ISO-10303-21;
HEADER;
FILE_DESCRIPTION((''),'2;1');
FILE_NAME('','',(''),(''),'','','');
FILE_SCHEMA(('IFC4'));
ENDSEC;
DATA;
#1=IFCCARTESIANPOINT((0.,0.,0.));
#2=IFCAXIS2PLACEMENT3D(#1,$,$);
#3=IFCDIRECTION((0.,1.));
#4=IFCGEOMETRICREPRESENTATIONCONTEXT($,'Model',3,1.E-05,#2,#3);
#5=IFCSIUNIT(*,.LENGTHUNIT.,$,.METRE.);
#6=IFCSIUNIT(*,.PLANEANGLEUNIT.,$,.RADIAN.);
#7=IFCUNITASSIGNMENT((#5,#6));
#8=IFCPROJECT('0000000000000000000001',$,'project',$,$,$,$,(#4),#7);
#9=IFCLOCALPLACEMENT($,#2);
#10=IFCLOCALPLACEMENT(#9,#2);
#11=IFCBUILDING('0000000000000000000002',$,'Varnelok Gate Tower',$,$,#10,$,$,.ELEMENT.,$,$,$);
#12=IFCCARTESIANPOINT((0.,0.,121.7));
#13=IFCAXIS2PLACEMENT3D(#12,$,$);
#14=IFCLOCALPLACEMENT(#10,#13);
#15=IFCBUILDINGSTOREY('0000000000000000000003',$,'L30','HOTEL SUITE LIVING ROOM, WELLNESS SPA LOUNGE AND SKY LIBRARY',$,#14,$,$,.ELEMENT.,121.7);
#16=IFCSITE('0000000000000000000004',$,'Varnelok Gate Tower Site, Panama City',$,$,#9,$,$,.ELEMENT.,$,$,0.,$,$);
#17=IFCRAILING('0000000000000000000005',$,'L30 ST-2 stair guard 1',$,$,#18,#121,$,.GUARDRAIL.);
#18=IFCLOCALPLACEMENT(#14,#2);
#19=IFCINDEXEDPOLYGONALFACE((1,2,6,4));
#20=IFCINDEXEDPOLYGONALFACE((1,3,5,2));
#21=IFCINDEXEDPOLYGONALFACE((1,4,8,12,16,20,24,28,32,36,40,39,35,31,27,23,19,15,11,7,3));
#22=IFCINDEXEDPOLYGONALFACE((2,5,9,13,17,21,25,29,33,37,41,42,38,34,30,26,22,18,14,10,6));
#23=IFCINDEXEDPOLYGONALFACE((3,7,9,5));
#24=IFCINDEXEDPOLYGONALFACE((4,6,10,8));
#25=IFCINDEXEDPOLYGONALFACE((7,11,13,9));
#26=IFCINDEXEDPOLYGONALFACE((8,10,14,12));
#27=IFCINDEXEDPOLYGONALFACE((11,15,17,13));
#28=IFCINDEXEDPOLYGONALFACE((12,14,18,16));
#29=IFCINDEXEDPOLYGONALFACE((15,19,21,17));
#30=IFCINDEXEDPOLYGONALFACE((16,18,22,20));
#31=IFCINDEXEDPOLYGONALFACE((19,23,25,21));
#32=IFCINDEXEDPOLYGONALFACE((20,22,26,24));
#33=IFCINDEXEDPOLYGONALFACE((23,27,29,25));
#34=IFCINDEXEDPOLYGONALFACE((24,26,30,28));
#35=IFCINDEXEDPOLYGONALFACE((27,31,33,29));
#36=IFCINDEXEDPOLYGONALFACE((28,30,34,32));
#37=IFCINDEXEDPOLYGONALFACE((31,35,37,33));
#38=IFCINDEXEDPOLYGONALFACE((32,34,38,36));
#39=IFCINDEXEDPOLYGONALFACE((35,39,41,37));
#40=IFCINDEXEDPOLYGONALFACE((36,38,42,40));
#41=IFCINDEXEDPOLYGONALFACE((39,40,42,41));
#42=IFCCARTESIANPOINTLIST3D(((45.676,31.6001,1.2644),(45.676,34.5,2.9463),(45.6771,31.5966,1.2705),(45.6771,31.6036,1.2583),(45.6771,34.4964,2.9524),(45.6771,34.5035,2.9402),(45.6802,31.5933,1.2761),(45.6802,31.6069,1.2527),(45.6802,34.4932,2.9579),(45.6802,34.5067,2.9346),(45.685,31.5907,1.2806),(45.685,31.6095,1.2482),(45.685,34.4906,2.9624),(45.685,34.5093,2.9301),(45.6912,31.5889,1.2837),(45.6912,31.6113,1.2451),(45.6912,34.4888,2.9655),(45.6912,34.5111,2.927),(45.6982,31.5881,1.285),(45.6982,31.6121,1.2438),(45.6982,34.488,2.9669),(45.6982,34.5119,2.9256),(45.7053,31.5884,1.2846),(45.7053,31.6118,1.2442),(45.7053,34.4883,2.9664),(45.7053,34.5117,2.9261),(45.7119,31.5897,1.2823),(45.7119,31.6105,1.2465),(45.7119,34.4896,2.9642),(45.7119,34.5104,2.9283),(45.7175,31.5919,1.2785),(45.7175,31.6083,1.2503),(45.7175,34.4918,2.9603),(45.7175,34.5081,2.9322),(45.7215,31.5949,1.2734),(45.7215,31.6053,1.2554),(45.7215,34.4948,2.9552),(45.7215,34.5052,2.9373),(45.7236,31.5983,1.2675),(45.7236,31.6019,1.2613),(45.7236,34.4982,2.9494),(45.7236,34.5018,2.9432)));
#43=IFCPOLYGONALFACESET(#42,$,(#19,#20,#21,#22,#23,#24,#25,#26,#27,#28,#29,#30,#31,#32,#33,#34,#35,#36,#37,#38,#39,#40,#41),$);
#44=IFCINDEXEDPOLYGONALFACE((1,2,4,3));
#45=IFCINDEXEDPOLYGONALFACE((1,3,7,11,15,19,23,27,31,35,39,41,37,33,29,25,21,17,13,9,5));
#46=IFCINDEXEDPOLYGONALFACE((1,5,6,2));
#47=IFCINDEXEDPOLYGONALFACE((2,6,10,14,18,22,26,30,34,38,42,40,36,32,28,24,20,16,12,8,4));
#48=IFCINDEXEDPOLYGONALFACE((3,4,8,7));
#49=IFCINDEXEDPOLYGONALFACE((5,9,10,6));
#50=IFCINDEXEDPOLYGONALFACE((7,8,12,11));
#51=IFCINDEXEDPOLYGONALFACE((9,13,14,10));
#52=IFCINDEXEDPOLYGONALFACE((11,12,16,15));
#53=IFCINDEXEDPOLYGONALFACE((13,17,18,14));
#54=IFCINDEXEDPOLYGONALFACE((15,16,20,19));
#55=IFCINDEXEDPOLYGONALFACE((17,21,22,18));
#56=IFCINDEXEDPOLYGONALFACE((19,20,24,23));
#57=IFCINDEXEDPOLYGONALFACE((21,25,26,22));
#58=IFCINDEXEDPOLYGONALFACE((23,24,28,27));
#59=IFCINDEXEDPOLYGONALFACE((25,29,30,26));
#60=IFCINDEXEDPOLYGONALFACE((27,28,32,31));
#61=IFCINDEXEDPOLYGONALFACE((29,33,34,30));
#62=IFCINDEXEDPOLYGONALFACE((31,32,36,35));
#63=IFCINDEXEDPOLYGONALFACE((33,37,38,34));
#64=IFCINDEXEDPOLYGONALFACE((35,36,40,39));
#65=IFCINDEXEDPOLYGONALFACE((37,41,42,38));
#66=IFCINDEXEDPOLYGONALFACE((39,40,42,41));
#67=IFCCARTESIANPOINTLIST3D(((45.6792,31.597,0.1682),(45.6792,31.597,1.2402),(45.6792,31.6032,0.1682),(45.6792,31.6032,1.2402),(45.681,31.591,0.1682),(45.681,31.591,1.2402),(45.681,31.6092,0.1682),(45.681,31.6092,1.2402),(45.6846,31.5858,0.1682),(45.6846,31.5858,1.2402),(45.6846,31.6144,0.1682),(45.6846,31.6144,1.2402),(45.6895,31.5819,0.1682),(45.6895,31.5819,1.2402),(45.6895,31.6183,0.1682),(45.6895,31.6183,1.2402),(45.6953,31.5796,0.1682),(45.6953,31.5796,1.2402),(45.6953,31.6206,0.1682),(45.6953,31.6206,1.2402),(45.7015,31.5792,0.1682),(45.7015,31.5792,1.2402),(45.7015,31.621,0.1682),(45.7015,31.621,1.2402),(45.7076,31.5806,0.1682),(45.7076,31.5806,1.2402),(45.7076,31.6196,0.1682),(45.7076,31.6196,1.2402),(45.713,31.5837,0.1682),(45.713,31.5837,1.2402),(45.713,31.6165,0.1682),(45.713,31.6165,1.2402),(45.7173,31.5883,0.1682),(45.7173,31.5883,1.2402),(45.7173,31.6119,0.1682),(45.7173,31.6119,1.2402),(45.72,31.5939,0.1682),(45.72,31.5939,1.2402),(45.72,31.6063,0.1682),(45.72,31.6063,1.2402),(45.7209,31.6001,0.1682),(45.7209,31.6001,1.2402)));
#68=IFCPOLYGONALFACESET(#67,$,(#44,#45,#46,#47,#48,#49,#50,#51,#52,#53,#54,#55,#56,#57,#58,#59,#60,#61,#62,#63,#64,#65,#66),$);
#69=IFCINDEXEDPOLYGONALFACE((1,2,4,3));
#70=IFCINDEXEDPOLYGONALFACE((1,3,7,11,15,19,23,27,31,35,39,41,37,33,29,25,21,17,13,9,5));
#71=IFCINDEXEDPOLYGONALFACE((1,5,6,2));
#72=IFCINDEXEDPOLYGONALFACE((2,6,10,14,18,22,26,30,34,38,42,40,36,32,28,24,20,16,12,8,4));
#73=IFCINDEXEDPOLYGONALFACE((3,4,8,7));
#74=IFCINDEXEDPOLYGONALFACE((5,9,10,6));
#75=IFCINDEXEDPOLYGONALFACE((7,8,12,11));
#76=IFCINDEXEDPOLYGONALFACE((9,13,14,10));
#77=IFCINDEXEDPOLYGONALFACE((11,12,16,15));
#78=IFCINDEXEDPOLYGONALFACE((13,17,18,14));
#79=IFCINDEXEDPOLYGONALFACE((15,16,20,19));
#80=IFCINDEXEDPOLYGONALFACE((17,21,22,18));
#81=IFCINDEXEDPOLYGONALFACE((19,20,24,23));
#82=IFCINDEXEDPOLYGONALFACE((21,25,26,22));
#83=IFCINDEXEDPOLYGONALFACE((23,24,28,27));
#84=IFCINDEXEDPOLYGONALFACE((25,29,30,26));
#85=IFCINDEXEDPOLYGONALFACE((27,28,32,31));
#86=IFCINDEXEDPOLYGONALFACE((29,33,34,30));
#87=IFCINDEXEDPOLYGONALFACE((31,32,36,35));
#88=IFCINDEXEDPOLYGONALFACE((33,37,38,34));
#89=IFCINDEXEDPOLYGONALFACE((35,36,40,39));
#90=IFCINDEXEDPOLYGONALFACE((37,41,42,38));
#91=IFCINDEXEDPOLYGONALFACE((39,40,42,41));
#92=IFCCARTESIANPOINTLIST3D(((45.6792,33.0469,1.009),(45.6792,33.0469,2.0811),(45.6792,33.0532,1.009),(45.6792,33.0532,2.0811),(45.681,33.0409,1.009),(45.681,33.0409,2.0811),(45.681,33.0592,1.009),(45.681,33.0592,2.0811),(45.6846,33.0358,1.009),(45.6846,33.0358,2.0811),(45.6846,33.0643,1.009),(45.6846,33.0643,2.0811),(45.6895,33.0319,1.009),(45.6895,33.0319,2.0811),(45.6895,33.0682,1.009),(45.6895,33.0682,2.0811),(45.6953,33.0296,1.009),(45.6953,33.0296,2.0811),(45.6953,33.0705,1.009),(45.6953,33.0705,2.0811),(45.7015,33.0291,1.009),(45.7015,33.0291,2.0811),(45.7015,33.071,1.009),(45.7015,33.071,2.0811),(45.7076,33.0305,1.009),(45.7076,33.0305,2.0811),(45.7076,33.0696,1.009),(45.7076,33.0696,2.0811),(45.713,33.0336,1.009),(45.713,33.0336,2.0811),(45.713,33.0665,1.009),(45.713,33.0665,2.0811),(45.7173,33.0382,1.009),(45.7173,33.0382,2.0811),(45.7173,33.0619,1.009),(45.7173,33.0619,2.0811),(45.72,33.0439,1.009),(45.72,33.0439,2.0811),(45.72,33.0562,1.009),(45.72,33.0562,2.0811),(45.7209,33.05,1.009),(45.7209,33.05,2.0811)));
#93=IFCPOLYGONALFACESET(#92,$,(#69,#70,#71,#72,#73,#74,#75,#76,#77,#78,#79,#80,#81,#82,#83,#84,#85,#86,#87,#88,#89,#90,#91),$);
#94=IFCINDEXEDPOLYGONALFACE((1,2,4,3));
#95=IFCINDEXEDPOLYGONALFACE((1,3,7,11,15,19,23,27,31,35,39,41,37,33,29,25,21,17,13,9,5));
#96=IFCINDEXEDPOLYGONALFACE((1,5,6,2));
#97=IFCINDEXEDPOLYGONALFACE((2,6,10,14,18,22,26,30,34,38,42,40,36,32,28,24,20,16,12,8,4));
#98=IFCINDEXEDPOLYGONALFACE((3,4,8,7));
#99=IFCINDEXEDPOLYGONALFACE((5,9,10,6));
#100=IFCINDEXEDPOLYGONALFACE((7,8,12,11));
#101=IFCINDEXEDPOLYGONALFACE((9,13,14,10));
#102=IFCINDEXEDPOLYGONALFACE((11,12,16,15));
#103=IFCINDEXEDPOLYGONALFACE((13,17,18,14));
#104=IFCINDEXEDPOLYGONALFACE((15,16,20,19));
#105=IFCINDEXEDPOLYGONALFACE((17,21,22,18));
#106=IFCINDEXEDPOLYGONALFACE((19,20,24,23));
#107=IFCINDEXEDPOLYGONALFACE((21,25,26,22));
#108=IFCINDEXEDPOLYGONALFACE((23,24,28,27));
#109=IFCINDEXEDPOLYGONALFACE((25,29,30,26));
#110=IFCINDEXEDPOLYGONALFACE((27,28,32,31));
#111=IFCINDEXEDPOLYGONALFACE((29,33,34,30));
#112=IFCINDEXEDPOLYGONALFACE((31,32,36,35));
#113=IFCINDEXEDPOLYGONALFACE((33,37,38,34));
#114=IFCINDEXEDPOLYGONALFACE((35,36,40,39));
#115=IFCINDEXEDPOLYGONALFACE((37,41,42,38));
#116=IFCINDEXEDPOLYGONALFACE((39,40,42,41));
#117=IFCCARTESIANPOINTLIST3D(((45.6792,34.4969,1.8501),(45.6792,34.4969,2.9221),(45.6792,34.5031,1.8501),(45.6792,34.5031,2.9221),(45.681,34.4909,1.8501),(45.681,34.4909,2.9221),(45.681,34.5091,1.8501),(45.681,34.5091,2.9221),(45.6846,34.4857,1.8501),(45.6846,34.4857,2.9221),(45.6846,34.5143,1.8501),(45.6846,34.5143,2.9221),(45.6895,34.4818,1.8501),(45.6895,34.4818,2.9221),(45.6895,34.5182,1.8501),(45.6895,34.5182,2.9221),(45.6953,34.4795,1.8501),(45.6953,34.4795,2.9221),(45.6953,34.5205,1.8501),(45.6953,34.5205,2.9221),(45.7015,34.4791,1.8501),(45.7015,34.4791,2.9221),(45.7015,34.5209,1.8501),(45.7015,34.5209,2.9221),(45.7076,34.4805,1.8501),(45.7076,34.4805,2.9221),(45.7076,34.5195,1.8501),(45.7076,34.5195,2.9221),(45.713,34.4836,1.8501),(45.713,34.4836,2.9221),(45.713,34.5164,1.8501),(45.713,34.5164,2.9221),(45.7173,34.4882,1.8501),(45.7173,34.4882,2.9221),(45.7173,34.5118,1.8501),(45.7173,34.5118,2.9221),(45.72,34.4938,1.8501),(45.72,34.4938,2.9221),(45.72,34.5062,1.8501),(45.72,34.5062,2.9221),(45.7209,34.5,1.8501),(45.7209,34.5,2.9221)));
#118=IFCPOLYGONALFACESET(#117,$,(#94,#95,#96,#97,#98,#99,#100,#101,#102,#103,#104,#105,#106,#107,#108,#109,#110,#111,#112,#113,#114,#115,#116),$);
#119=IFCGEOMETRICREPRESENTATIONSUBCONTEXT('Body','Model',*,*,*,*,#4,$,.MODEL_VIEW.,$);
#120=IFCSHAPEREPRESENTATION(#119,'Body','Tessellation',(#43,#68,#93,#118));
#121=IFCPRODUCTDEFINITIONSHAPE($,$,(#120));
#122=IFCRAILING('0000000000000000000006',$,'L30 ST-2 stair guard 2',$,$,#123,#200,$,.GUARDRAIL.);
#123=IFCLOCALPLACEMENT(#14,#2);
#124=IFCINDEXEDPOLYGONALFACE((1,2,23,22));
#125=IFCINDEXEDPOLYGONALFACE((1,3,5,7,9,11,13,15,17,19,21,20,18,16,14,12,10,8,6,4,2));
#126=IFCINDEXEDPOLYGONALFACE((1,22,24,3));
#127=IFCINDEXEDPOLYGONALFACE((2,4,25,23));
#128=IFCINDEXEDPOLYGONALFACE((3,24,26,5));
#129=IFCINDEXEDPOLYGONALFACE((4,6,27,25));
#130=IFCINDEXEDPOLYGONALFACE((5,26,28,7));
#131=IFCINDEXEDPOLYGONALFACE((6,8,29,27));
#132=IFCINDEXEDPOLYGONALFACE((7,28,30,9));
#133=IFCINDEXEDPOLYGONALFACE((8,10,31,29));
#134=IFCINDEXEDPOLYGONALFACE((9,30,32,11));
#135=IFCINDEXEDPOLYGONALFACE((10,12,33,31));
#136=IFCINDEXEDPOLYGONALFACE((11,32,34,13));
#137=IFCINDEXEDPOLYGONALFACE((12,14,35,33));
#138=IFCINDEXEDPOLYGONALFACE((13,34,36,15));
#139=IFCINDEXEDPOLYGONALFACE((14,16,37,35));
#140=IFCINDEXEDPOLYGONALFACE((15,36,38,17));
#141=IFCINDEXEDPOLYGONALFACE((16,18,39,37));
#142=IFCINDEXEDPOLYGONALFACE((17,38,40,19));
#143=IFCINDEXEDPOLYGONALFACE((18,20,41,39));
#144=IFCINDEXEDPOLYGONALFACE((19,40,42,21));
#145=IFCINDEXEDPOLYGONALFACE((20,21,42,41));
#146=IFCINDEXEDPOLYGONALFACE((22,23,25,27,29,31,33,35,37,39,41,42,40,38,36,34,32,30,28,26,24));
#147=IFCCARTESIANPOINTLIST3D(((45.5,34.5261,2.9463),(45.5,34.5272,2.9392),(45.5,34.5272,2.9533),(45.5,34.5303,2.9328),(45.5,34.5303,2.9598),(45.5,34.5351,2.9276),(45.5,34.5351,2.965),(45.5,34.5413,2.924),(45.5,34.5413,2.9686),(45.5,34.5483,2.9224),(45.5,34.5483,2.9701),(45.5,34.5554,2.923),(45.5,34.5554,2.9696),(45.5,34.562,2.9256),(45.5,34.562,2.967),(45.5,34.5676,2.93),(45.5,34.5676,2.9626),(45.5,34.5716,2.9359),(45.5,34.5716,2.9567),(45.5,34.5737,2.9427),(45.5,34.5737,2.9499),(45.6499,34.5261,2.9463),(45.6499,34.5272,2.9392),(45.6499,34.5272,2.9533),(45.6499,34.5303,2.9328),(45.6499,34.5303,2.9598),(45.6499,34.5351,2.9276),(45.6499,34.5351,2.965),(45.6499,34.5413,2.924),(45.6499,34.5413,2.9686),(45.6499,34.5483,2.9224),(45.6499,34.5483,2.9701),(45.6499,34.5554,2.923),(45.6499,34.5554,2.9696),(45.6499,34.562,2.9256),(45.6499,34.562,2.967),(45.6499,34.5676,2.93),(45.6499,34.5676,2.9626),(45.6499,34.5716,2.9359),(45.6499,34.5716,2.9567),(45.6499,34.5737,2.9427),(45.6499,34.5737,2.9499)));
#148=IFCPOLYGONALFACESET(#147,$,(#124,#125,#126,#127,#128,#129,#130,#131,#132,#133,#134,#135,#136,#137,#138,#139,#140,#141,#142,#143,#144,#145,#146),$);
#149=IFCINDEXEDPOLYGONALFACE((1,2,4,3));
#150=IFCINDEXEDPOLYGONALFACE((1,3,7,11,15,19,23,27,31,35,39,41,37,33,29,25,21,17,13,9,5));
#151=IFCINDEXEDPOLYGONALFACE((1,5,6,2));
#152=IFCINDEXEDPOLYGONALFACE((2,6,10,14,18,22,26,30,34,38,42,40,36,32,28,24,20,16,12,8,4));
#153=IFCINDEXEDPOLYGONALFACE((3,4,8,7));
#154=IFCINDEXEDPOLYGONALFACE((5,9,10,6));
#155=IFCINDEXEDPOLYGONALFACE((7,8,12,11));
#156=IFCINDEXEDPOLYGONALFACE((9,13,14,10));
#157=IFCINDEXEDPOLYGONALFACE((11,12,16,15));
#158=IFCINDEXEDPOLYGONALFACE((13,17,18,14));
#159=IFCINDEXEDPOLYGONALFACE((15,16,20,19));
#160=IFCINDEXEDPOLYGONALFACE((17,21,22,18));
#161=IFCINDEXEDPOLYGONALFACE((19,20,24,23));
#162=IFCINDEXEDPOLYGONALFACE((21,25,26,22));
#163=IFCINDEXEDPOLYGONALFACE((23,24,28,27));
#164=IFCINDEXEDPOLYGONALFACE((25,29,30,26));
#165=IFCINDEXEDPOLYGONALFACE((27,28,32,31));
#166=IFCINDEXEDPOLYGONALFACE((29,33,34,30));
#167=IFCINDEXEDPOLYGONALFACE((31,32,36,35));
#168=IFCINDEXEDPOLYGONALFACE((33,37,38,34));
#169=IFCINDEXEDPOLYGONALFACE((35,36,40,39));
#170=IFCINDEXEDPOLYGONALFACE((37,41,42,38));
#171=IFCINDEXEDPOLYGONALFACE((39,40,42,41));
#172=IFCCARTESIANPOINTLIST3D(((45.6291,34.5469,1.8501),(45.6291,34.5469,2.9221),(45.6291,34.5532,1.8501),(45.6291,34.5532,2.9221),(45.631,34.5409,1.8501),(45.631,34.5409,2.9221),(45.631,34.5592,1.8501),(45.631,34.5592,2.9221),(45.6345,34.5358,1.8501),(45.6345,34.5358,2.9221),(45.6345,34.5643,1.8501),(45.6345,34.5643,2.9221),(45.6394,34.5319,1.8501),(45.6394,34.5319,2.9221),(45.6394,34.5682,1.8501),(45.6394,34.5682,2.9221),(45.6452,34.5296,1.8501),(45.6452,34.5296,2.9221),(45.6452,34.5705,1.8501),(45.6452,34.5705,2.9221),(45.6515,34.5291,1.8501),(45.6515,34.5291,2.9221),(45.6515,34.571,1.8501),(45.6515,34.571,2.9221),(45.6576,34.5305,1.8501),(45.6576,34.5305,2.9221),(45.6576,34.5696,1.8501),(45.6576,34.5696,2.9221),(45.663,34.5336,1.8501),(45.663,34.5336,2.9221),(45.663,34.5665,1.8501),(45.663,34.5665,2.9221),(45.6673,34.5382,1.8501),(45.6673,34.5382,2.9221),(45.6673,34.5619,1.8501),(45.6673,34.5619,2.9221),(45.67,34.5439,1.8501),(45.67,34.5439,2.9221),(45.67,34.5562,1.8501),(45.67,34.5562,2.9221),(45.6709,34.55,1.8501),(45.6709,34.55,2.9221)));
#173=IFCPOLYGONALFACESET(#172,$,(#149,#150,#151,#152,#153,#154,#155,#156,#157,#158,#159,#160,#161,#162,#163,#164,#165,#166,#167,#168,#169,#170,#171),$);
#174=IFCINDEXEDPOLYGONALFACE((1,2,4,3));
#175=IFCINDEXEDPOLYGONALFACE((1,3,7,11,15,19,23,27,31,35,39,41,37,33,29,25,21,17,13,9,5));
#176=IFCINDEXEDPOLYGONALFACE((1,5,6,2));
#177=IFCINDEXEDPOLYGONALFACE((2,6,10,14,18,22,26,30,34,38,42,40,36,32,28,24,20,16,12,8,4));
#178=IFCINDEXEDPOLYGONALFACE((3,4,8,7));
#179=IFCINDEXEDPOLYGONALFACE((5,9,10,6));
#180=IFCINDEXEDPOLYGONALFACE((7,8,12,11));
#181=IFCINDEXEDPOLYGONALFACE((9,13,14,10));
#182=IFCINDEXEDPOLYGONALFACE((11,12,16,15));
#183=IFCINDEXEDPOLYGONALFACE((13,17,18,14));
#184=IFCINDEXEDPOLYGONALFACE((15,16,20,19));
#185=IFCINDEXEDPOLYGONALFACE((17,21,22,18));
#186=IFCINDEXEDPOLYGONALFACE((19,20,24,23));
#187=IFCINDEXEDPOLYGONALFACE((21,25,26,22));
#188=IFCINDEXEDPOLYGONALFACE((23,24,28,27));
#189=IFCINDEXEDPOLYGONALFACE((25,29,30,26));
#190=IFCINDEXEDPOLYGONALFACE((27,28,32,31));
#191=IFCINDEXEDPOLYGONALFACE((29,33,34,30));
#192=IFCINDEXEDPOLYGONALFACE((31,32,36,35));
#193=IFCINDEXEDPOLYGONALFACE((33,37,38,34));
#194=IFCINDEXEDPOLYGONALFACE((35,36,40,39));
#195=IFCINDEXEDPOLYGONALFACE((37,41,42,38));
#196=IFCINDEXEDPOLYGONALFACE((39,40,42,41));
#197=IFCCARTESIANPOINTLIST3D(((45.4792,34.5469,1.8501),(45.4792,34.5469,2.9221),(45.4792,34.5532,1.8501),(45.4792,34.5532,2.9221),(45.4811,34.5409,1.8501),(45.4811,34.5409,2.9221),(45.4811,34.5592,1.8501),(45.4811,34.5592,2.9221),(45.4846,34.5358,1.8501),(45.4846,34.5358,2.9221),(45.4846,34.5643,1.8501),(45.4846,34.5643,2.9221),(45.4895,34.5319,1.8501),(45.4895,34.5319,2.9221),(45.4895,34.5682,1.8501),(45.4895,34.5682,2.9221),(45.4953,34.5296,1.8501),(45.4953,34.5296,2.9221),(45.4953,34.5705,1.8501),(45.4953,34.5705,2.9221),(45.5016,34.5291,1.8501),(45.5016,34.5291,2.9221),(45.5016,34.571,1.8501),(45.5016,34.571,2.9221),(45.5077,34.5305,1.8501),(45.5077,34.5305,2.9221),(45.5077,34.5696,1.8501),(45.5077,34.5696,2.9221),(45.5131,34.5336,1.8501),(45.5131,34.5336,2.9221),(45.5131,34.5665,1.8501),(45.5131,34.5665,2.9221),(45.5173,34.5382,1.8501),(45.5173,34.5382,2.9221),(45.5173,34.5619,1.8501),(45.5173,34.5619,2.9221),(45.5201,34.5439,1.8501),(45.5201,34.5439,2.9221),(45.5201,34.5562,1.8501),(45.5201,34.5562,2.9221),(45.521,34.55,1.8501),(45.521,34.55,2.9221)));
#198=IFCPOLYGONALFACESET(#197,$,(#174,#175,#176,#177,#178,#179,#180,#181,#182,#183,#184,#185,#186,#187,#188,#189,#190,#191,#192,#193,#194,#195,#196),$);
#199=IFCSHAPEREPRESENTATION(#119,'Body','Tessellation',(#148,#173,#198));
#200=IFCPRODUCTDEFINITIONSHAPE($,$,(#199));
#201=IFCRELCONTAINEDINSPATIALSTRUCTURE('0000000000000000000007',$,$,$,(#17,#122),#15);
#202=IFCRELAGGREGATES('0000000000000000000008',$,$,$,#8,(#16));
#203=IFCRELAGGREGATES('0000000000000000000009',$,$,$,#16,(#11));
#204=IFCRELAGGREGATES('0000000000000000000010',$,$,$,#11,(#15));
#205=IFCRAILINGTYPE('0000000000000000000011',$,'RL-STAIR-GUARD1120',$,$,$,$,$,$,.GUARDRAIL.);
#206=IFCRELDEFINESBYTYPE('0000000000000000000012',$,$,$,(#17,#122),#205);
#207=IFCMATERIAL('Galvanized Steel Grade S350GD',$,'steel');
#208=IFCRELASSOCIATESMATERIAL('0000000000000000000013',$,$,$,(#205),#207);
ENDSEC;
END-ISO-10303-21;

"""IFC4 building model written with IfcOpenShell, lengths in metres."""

from ifc_helpers import new_model, si_unit, direction, frame, origin, origin_2d, place, context, subcontext, project, spatial, circle, extrude, material, type_object, element, save


model = new_model("IFC4")

# Units and contexts
model_context = context("Model", 3, precision=1e-05, world=origin(), true_north=direction((0.0, 1.0)))
body_context = subcontext(model_context, "Body", "Model", "MODEL_VIEW")
ifc_project = project(units=[si_unit("LENGTHUNIT", "METRE"), si_unit("PLANEANGLEUNIT", "RADIAN")], contexts=[model_context])

# Site, building, storey
site_placement = place(None, origin())
site = spatial("IfcSite", under=ifc_project, at=site_placement, Name="Varnelok Gate Tower Site, Panama City", CompositionType="ELEMENT", RefElevation=0.0)
building_placement = place(site_placement, origin())
building = spatial("IfcBuilding", under=site, at=building_placement, Name="Varnelok Gate Tower", CompositionType="ELEMENT")
storey_placement = place(building_placement, frame((0.0, 0.0, 121.7)))
storey = spatial("IfcBuildingStorey", under=building, at=storey_placement, Name="L30", Description="HOTEL SUITE LIVING ROOM, WELLNESS SPA LOUNGE AND SKY LIBRARY", CompositionType="ELEMENT", Elevation=121.7)

# Shared definitions
ifc_material_1 = material(Name="Galvanized Steel Grade S350GD", Category="steel")

# Railings
railing_type_1 = type_object("IfcRailingType", Name="RL-STAIR-GUARD1120", PredefinedType="GUARDRAIL", material=ifc_material_1)
railing_1_placement = place(storey_placement, frame((45.7, 31.6001, 0.1682)))
element("IfcRailing", 1, at=railing_1_placement, inside=storey, type_object=railing_type_1, Name="L30 ST-2 stair guard 1", PredefinedType="GUARDRAIL", context=body_context, shape_type="SweptSolid", body=[
    extrude(circle(Radius=0.0239, at=origin_2d()), frame((0.0, 0.0, 1.0962), z_axis=(0.0, 0.865039, 0.501705), x_axis=(-1.0, 0.0, 0.0)), (0.0, 0.0, 1.0), 3.3523),
    extrude(circle(Radius=0.021, at=origin_2d()), origin(), (0.0, 0.0, 1.0), 1.072),
    extrude(circle(Radius=0.021, at=origin_2d()), frame((0.0, 1.45, 0.8408)), (0.0, 0.0, 1.0), 1.072),
    extrude(circle(Radius=0.021, at=origin_2d()), frame((0.0, 2.8999, 1.6819)), (0.0, 0.0, 1.0), 1.072),
])
railing_2_placement = place(storey_placement, frame((45.6499, 34.55, 1.8501)))
element("IfcRailing", 2, at=railing_2_placement, inside=storey, type_object=railing_type_1, Name="L30 ST-2 stair guard 2", PredefinedType="GUARDRAIL", context=body_context, shape_type="SweptSolid", body=[
    extrude(circle(Radius=0.0239, at=origin_2d()), frame((0.0, 0.0, 1.0962), z_axis=(-1.0, 0.0, 0.0), x_axis=(0.0, -1.0, 0.0)), (0.0, 0.0, 1.0), 0.1499),
    extrude(circle(Radius=0.021, at=origin_2d()), origin(), (0.0, 0.0, 1.0), 1.072),
    extrude(circle(Radius=0.021, at=origin_2d()), frame((-0.1499, 0.0, 0.0)), (0.0, 0.0, 1.0), 1.072),
])

save(model, "model.ifc")
